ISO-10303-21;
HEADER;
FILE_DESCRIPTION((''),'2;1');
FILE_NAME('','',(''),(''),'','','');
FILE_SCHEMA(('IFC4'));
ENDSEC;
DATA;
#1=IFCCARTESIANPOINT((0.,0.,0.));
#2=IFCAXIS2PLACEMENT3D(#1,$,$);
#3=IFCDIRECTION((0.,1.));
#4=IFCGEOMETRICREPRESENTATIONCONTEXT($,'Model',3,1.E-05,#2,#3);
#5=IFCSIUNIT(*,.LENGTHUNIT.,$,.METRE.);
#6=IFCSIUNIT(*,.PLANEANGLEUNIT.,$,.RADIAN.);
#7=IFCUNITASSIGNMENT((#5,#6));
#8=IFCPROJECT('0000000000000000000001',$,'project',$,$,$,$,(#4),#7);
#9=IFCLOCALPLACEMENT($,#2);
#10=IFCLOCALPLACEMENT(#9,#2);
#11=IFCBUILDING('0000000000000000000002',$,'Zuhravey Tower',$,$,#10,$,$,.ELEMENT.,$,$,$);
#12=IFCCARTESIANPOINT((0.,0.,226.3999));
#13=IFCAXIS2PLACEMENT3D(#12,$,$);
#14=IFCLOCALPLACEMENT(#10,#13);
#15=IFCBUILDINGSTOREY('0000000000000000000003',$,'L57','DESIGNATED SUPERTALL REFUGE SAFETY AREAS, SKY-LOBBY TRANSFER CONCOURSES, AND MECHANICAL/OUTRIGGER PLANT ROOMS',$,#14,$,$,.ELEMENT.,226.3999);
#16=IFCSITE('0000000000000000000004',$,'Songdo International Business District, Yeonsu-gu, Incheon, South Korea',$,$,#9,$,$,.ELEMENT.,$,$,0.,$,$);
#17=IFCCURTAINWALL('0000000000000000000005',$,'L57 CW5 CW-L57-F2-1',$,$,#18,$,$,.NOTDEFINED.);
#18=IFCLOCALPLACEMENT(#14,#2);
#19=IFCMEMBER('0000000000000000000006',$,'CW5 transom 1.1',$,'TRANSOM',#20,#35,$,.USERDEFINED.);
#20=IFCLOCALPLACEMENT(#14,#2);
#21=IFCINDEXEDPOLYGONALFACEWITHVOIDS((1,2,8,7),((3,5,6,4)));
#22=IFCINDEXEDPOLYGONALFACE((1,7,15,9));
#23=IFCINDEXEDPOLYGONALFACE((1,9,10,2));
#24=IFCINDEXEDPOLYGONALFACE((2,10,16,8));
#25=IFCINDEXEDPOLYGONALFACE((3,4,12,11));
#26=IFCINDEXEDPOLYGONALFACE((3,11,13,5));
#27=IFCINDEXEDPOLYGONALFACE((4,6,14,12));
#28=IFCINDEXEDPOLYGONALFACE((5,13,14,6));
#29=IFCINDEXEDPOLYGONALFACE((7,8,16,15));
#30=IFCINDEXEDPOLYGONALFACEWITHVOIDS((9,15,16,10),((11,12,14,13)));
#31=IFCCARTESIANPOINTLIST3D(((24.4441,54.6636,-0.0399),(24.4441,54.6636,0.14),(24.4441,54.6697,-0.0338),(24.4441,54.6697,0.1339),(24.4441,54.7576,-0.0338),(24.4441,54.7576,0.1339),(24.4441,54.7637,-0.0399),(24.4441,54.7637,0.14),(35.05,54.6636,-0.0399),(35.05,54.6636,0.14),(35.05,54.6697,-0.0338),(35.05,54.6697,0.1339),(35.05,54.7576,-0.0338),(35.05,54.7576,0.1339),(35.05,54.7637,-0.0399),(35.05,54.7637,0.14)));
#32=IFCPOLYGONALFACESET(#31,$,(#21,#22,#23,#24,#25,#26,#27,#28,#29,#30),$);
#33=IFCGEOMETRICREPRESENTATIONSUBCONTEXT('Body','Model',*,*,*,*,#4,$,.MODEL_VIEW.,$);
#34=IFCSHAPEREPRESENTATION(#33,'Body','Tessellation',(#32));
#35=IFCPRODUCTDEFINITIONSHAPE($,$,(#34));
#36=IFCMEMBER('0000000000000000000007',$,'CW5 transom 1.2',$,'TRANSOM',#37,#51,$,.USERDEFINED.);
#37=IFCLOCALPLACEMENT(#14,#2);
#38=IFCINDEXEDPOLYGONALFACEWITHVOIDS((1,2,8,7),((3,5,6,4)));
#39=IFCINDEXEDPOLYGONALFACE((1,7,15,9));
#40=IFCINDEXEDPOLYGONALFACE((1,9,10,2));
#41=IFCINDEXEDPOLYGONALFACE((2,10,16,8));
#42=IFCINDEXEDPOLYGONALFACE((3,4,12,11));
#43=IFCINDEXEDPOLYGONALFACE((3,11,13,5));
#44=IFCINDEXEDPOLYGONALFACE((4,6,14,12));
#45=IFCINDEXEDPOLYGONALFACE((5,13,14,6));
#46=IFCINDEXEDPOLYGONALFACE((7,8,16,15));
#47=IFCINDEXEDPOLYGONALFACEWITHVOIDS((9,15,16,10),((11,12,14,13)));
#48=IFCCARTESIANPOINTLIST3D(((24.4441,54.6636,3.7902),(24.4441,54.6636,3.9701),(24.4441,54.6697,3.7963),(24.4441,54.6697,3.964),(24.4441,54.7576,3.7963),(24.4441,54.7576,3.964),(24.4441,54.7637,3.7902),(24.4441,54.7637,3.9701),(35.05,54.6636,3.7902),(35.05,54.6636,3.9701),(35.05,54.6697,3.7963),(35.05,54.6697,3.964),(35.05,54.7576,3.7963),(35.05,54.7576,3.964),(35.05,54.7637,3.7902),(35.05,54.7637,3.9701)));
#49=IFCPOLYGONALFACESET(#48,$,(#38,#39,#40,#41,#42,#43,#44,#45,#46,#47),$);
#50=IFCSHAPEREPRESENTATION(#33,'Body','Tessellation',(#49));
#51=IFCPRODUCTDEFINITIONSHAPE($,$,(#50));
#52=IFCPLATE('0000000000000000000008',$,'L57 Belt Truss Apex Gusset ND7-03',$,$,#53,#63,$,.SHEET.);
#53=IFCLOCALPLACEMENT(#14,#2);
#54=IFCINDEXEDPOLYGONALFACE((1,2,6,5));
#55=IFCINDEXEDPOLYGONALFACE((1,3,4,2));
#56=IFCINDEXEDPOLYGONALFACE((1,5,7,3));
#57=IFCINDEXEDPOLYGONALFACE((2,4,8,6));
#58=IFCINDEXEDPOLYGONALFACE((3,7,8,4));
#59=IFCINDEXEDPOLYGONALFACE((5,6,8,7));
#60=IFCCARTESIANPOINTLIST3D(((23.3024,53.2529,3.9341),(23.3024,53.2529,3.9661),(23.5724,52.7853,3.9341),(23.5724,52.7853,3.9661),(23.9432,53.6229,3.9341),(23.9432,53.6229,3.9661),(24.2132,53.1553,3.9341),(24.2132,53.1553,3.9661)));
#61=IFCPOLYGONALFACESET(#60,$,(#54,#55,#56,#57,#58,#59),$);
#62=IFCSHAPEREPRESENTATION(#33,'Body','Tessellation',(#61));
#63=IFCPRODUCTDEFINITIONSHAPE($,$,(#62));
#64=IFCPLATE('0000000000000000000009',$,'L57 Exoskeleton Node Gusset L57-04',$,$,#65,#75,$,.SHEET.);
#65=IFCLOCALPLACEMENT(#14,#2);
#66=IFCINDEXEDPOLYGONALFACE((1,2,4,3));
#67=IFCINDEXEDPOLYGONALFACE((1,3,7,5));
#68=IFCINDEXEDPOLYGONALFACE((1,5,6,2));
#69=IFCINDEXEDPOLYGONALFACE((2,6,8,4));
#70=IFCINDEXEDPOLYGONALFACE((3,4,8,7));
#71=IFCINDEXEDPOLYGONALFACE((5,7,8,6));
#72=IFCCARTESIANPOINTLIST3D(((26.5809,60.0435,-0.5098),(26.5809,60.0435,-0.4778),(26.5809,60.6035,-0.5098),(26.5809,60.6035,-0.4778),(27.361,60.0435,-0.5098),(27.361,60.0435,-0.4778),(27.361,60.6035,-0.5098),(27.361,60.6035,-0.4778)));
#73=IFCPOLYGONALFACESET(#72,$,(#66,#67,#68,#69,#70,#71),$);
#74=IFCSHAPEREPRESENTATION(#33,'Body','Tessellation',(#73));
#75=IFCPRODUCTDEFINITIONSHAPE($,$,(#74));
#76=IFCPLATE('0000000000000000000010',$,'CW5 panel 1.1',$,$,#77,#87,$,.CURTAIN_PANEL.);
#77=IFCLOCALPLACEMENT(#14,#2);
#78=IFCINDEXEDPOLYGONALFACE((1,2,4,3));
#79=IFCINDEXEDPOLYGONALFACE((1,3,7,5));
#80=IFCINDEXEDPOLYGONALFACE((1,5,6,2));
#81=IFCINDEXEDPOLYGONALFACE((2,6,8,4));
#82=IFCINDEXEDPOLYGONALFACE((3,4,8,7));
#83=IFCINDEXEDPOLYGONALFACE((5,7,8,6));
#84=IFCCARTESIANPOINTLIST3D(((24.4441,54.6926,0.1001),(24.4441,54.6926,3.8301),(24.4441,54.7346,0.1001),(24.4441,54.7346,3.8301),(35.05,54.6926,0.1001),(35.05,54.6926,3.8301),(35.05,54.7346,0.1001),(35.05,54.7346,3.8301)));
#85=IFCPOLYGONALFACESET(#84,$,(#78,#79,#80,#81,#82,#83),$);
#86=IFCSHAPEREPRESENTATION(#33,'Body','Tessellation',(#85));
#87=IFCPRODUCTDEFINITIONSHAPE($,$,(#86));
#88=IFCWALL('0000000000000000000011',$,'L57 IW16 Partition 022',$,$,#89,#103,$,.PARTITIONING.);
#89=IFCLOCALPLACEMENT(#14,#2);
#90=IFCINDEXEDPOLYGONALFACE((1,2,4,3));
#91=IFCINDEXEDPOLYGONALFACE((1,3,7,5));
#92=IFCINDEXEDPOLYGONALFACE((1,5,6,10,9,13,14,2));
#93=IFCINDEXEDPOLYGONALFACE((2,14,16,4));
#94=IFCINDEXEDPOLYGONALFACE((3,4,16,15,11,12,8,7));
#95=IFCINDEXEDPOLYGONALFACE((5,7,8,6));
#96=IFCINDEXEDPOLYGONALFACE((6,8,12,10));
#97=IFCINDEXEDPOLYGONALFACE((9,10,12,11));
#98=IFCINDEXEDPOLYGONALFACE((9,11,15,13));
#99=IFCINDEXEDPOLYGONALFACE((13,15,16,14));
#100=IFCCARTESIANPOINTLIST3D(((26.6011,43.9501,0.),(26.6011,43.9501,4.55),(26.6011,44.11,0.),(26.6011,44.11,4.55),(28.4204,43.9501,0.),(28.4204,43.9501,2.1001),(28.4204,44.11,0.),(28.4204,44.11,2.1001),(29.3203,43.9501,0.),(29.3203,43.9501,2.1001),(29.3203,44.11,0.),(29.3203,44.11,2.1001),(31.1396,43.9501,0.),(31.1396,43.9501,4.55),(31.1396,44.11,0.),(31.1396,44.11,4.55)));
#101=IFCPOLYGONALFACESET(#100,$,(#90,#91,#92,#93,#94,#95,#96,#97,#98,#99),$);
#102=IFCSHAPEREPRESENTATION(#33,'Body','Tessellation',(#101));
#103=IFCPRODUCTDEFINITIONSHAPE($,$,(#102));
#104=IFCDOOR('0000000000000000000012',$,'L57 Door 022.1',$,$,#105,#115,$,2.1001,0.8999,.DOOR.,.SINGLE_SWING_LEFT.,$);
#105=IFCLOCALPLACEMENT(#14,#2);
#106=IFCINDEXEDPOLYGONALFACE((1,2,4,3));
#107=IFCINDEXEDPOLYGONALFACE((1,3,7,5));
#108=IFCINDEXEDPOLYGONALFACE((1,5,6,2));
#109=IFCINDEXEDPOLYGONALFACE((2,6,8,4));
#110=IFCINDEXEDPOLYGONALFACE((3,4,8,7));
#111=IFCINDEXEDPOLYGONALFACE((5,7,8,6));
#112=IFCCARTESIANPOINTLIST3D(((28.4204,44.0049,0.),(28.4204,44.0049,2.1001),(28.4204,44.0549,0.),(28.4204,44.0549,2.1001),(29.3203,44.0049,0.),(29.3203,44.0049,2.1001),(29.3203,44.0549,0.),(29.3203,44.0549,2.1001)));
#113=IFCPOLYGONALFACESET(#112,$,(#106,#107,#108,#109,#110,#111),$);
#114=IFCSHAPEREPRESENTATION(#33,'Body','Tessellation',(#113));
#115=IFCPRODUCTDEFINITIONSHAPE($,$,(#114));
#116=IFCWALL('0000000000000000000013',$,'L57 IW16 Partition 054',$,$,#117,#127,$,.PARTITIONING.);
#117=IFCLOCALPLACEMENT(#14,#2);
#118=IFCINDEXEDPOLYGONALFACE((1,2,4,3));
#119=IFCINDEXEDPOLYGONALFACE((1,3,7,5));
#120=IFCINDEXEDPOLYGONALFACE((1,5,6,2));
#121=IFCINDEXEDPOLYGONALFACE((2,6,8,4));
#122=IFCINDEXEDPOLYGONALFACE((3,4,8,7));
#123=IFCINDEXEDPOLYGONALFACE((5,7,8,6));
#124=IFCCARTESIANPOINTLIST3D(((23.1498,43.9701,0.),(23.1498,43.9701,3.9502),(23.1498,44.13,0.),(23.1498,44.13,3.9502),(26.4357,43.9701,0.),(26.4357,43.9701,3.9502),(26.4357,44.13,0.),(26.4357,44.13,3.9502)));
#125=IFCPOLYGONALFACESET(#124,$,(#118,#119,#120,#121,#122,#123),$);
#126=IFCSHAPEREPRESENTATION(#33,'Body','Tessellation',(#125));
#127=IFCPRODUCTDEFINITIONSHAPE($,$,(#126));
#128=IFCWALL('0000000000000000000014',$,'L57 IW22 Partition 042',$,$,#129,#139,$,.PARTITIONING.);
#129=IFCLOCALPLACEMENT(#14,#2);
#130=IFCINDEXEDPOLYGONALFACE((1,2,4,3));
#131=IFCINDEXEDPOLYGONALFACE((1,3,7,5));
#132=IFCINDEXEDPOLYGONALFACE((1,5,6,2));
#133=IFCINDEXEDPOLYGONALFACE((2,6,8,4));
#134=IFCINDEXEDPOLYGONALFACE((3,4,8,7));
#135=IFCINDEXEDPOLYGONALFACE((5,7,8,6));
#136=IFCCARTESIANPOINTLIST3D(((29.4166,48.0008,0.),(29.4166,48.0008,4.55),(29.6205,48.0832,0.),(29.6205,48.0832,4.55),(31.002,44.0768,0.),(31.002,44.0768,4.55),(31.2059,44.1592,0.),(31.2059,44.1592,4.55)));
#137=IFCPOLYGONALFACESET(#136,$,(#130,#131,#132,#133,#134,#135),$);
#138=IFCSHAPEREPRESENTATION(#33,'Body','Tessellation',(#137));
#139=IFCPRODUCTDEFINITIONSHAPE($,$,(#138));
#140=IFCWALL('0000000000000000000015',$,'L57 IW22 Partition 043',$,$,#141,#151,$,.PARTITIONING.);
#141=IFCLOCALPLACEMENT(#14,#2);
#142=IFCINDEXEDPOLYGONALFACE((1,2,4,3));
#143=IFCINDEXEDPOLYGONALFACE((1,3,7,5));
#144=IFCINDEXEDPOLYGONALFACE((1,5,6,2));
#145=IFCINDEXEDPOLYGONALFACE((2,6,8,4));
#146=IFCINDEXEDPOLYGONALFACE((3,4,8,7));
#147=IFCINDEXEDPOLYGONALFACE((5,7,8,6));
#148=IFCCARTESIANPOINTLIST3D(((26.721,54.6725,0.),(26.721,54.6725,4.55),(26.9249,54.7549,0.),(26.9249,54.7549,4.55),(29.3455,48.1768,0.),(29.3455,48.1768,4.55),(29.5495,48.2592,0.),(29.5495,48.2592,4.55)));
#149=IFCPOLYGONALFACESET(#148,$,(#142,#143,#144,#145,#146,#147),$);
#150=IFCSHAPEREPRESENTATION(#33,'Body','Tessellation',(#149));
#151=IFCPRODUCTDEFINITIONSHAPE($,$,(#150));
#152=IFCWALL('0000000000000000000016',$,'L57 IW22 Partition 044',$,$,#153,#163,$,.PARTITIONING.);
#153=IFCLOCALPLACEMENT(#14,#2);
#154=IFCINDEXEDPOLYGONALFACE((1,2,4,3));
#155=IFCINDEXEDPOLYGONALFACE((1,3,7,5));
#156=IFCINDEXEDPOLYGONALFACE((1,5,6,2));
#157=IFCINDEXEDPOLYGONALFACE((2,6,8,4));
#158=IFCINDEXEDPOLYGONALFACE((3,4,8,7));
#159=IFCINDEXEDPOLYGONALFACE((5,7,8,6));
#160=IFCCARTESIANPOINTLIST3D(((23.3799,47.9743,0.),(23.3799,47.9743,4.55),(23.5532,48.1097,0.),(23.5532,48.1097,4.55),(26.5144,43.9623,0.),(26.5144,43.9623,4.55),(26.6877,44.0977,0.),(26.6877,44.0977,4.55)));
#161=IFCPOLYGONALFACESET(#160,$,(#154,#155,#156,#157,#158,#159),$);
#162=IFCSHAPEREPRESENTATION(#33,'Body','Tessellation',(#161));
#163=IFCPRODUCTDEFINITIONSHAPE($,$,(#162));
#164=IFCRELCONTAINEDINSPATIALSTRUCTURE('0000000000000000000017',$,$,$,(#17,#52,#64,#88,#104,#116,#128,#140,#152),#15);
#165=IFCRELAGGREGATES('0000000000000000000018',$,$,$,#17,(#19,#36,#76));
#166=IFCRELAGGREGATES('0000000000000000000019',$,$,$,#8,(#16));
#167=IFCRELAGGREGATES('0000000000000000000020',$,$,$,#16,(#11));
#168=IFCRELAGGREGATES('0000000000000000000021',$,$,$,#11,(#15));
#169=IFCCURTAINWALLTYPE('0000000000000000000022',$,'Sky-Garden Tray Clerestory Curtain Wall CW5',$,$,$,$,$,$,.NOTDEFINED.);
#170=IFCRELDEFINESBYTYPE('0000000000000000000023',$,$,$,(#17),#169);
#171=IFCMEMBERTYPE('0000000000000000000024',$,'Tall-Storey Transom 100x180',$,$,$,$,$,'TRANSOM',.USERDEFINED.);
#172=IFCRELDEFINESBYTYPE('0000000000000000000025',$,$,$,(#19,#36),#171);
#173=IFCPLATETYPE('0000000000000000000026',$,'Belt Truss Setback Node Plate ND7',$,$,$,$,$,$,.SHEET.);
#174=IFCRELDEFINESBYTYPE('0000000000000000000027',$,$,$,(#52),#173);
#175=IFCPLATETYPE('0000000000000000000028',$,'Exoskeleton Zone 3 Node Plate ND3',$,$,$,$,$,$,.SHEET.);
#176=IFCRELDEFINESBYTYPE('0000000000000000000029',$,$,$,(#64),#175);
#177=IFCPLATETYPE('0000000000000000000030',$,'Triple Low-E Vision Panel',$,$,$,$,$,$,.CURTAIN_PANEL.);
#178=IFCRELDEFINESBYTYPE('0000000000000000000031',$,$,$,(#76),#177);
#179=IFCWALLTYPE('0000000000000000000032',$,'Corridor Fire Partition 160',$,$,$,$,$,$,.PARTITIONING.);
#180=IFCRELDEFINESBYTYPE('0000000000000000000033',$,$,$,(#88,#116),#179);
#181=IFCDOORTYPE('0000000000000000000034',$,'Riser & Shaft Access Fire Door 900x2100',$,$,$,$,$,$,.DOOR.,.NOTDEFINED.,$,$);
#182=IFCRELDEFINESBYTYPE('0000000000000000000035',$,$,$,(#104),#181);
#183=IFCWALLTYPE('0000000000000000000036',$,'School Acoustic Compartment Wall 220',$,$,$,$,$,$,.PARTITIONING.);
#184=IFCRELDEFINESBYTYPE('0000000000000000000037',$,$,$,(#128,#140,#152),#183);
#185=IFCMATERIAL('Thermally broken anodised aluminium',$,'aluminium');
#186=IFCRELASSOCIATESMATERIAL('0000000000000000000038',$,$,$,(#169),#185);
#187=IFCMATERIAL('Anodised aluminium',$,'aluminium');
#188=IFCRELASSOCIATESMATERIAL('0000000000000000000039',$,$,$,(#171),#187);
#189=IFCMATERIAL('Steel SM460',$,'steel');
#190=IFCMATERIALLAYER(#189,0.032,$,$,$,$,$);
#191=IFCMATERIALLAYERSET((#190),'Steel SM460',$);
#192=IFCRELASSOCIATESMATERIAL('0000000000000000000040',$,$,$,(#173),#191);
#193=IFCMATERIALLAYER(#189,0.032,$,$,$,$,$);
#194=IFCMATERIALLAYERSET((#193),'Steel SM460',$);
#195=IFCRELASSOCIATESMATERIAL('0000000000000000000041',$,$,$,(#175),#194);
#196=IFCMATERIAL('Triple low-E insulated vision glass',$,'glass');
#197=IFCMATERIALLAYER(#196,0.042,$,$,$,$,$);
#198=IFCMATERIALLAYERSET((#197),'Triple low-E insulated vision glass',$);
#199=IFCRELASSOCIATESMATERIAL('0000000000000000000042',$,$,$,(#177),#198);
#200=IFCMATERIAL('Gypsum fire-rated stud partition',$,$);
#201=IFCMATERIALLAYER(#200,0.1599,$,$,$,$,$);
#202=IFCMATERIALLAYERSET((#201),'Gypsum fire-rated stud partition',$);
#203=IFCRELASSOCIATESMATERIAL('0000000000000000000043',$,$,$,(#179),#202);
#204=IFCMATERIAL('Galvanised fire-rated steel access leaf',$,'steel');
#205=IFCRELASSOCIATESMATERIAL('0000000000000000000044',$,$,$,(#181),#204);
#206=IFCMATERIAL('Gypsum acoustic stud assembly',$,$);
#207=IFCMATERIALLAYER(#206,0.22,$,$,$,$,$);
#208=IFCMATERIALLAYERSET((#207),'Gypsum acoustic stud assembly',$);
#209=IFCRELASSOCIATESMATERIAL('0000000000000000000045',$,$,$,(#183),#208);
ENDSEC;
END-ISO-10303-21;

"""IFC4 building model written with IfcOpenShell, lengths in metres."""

from ifc_helpers import new_model, si_unit, direction, frame, frame_2d, origin, origin_2d, place, context, subcontext, project, spatial, rectangle, hollow_rectangle, extrude, material, layer, layer_set, material_profile, profile_set, type_object, element, fill, aggregate, save


model = new_model("IFC4")

# Units and contexts
model_context = context("Model", 3, precision=1e-05, world=origin(), true_north=direction((0.0, 1.0)))
body_context = subcontext(model_context, "Body", "Model", "MODEL_VIEW")
ifc_project = project(units=[si_unit("LENGTHUNIT", "METRE"), si_unit("PLANEANGLEUNIT", "RADIAN")], contexts=[model_context])

# Site, building, storey
site_placement = place(None, origin())
site = spatial("IfcSite", under=ifc_project, at=site_placement, Name="Songdo International Business District, Yeonsu-gu, Incheon, South Korea", CompositionType="ELEMENT", RefElevation=0.0)
building_placement = place(site_placement, origin())
building = spatial("IfcBuilding", under=site, at=building_placement, Name="Zuhravey Tower", CompositionType="ELEMENT")
storey_placement = place(building_placement, frame((0.0, 0.0, 226.3999)))
storey = spatial("IfcBuildingStorey", under=building, at=storey_placement, Name="L57", Description="DESIGNATED SUPERTALL REFUGE SAFETY AREAS, SKY-LOBBY TRANSFER CONCOURSES, AND MECHANICAL/OUTRIGGER PLANT ROOMS", CompositionType="ELEMENT", Elevation=226.3999)

# Shared definitions
ifc_material_1 = material(Name="Steel SM460", Category="steel")

# Curtain wall
ifc_material_2 = material(Name="Thermally broken anodised aluminium", Category="aluminium")
curtain_wall_type = type_object("IfcCurtainWallType", Name="Sky-Garden Tray Clerestory Curtain Wall CW5", PredefinedType="NOTDEFINED", material=ifc_material_2)
curtain_wall_placement = place(storey_placement, origin())
curtain_wall = element("IfcCurtainWall", 1, at=curtain_wall_placement, inside=storey, type_object=curtain_wall_type, Name="L57 CW5 CW-L57-F2-1", PredefinedType="NOTDEFINED")
ifc_material_3 = material(Name="Anodised aluminium", Category="aluminium")

# Members
ifc_material_profile_1 = material_profile(ifc_material_3, hollow_rectangle(XDim=0.1001, YDim=0.1799, WallThickness=0.0061, at=origin_2d()), Name="ALU-RHS-100x180x6")
ifc_profile_set_1 = profile_set([ifc_material_profile_1], Name="Anodised aluminium")
member_type_1 = type_object("IfcMemberType", Name="Tall-Storey Transom 100x180", ElementType="TRANSOM", PredefinedType="USERDEFINED", material=ifc_profile_set_1)
member_1_placement = place(storey_placement, frame((24.4441, 54.7136, 0.05), z_axis=(1.0, 0.0, 0.0), x_axis=(0.0, 1.0, 0.0)))
member_1 = element("IfcMember", 2, at=member_1_placement, type_object=member_type_1, Name="CW5 transom 1.1", ObjectType="TRANSOM", PredefinedType="USERDEFINED", context=body_context, shape_type="SweptSolid", body=[
    extrude(hollow_rectangle(XDim=0.1001, YDim=0.1799, WallThickness=0.0061, at=origin_2d()), origin(), (0.0, 0.0, 1.0), 10.606),
])
member_2_placement = place(storey_placement, frame((24.4441, 54.7136, 3.8801), z_axis=(1.0, 0.0, 0.0), x_axis=(0.0, 1.0, 0.0)))
member_2 = element("IfcMember", 3, at=member_2_placement, type_object=member_type_1, Name="CW5 transom 1.2", ObjectType="TRANSOM", PredefinedType="USERDEFINED", context=body_context, shape_type="SweptSolid", body=[
    extrude(hollow_rectangle(XDim=0.1001, YDim=0.1799, WallThickness=0.0061, at=origin_2d()), origin(), (0.0, 0.0, 1.0), 10.606),
])

# Plates
ifc_layer_1 = layer(ifc_material_1, 0.032)
ifc_layer_set_1 = layer_set([ifc_layer_1], Name="Steel SM460")
plate_type_1 = type_object("IfcPlateType", Name="Belt Truss Setback Node Plate ND7", PredefinedType="SHEET", material=ifc_layer_set_1)
plate_1_placement = place(storey_placement, frame((23.7578, 53.2041, 3.9341), z_axis=(0.0, 0.0, 1.0), x_axis=(-0.866025, -0.5, 0.0)))
element("IfcPlate", 4, at=plate_1_placement, inside=storey, type_object=plate_type_1, Name="L57 Belt Truss Apex Gusset ND7-03", PredefinedType="SHEET", context=body_context, shape_type="SweptSolid", body=[
    extrude(rectangle(XDim=0.74, YDim=0.54, at=origin_2d()), origin(), (0.0, 0.0, 1.0), 0.032),
])
ifc_layer_2 = layer(ifc_material_1, 0.032)
ifc_layer_set_2 = layer_set([ifc_layer_2], Name="Steel SM460")
plate_type_2 = type_object("IfcPlateType", Name="Exoskeleton Zone 3 Node Plate ND3", PredefinedType="SHEET", material=ifc_layer_set_2)
plate_2_placement = place(storey_placement, frame((26.9709, 60.3235, -0.5098), z_axis=(0.0, 0.0, 1.0), x_axis=(-1.0, 0.0, 0.0)))
element("IfcPlate", 5, at=plate_2_placement, inside=storey, type_object=plate_type_2, Name="L57 Exoskeleton Node Gusset L57-04", PredefinedType="SHEET", context=body_context, shape_type="SweptSolid", body=[
    extrude(rectangle(XDim=0.78, YDim=0.5601, at=origin_2d()), origin(), (0.0, 0.0, 1.0), 0.032),
])

# Plate
ifc_material_4 = material(Name="Triple low-E insulated vision glass", Category="glass")
ifc_layer_3 = layer(ifc_material_4, 0.042)
ifc_layer_set_3 = layer_set([ifc_layer_3], Name="Triple low-E insulated vision glass")
plate_type_3 = type_object("IfcPlateType", Name="Triple Low-E Vision Panel", PredefinedType="CURTAIN_PANEL", material=ifc_layer_set_3)
plate_3_placement = place(storey_placement, frame((29.7471, 54.7136, 0.1001), z_axis=(0.0, 0.0, 1.0), x_axis=(1.0, 0.0, 0.0)))
plate_3 = element("IfcPlate", 6, at=plate_3_placement, type_object=plate_type_3, Name="CW5 panel 1.1", PredefinedType="CURTAIN_PANEL", context=body_context, shape_type="SweptSolid", body=[
    extrude(rectangle(XDim=10.606, YDim=0.042, at=origin_2d()), origin(), (0.0, 0.0, 1.0), 3.73),
])
aggregate(curtain_wall, [member_1, member_2, plate_3])

# Wall, opening, door
ifc_material_5 = material(Name="Gypsum fire-rated stud partition")
ifc_layer_4 = layer(ifc_material_5, 0.1599)
ifc_layer_set_4 = layer_set([ifc_layer_4], Name="Gypsum fire-rated stud partition")
wall_type_1 = type_object("IfcWallType", Name="Corridor Fire Partition 160", PredefinedType="PARTITIONING", material=ifc_layer_set_4)
wall_1_placement = place(storey_placement, frame((31.1396, 44.03, 0.0), z_axis=(0.0, 0.0, 1.0), x_axis=(-1.0, 0.0, 0.0)))
wall_1 = element("IfcWall", 7, at=wall_1_placement, inside=storey, type_object=wall_type_1, Name="L57 IW16 Partition 022", PredefinedType="PARTITIONING", context=body_context, shape_type="SweptSolid", body=[
    extrude(rectangle(XDim=4.5386, YDim=0.1599, at=frame_2d((2.2693, 0.0))), origin(), (0.0, 0.0, 1.0), 4.55),
])
opening_placement = place(wall_1_placement, frame((1.8193, 0.0, 0.0)))
opening = element("IfcOpeningElement", 8, at=opening_placement, cuts=wall_1, PredefinedType="OPENING", context=body_context, shape_type="SweptSolid", body=[
    extrude(rectangle(XDim=0.8999, YDim=2.1001, at=frame_2d((0.45, 1.05))), frame((0.0, 0.092, 0.0), z_axis=(0.0, -1.0, 0.0), x_axis=(1.0, 0.0, 0.0)), (0.0, 0.0, 1.0), 0.1838),
])
ifc_material_6 = material(Name="Galvanised fire-rated steel access leaf", Category="steel")
door_type = type_object("IfcDoorType", Name="Riser & Shaft Access Fire Door 900x2100", OperationType="NOTDEFINED", PredefinedType="DOOR", material=ifc_material_6)
door_placement = place(opening_placement, frame((0.8999, 0.0, 0.0), z_axis=(0.0, 0.0, 1.0), x_axis=(-1.0, 0.0, 0.0)))
door = element("IfcDoor", 9, at=door_placement, inside=storey, type_object=door_type, Name="L57 Door 022.1", OperationType="SINGLE_SWING_LEFT", OverallHeight=2.1001, OverallWidth=0.8999, PredefinedType="DOOR", context=body_context, shape_type="SweptSolid", body=[
    extrude(rectangle(XDim=0.8999, YDim=2.1001, at=frame_2d((0.45, 1.05))), frame((0.0, 0.0249, 0.0), z_axis=(0.0, -1.0, 0.0), x_axis=(1.0, 0.0, 0.0)), (0.0, 0.0, 1.0), 0.05),
])
fill(opening, door)

# Walls
wall_2_placement = place(storey_placement, frame((26.4358, 44.05, 0.0), z_axis=(0.0, 0.0, 1.0), x_axis=(-1.0, 0.0, 0.0)))
element("IfcWall", 10, at=wall_2_placement, inside=storey, type_object=wall_type_1, Name="L57 IW16 Partition 054", PredefinedType="PARTITIONING", context=body_context, shape_type="SweptSolid", body=[
    extrude(rectangle(XDim=3.2859, YDim=0.1599, at=frame_2d((1.6431, 0.0))), origin(), (0.0, 0.0, 1.0), 3.9502),
])
ifc_material_7 = material(Name="Gypsum acoustic stud assembly")
ifc_layer_5 = layer(ifc_material_7, 0.22)
ifc_layer_set_5 = layer_set([ifc_layer_5], Name="Gypsum acoustic stud assembly")
wall_type_2 = type_object("IfcWallType", Name="School Acoustic Compartment Wall 220", PredefinedType="PARTITIONING", material=ifc_layer_set_5)
wall_3_placement = place(storey_placement, frame((31.104, 44.1179, 0.0), z_axis=(0.0, 0.0, 1.0), x_axis=(-0.374611, 0.927182, 0.0)))
element("IfcWall", 11, at=wall_3_placement, inside=storey, type_object=wall_type_2, Name="L57 IW22 Partition 042", PredefinedType="PARTITIONING", context=body_context, shape_type="SweptSolid", body=[
    extrude(rectangle(XDim=4.2322, YDim=0.22, at=frame_2d((2.1162, 0.0))), origin(), (0.0, 0.0, 1.0), 4.55),
])
wall_4_placement = place(storey_placement, frame((29.4475, 48.218, 0.0), z_axis=(0.0, 0.0, 1.0), x_axis=(-0.374621, 0.927178, 0.0)))
element("IfcWall", 12, at=wall_4_placement, inside=storey, type_object=wall_type_2, Name="L57 IW22 Partition 043", PredefinedType="PARTITIONING", context=body_context, shape_type="SweptSolid", body=[
    extrude(rectangle(XDim=7.0059, YDim=0.22, at=frame_2d((3.5029, 0.0))), origin(), (0.0, 0.0, 1.0), 4.55),
])
wall_5_placement = place(storey_placement, frame((26.6011, 44.03, 0.0), z_axis=(0.0, 0.0, 1.0), x_axis=(-0.615665, 0.788008, 0.0)))
element("IfcWall", 13, at=wall_5_placement, inside=storey, type_object=wall_type_2, Name="L57 IW22 Partition 044", PredefinedType="PARTITIONING", context=body_context, shape_type="SweptSolid", body=[
    extrude(rectangle(XDim=5.0913, YDim=0.22, at=frame_2d((2.5457, 0.0))), origin(), (0.0, 0.0, 1.0), 4.55),
])

save(model, "model.ifc")
